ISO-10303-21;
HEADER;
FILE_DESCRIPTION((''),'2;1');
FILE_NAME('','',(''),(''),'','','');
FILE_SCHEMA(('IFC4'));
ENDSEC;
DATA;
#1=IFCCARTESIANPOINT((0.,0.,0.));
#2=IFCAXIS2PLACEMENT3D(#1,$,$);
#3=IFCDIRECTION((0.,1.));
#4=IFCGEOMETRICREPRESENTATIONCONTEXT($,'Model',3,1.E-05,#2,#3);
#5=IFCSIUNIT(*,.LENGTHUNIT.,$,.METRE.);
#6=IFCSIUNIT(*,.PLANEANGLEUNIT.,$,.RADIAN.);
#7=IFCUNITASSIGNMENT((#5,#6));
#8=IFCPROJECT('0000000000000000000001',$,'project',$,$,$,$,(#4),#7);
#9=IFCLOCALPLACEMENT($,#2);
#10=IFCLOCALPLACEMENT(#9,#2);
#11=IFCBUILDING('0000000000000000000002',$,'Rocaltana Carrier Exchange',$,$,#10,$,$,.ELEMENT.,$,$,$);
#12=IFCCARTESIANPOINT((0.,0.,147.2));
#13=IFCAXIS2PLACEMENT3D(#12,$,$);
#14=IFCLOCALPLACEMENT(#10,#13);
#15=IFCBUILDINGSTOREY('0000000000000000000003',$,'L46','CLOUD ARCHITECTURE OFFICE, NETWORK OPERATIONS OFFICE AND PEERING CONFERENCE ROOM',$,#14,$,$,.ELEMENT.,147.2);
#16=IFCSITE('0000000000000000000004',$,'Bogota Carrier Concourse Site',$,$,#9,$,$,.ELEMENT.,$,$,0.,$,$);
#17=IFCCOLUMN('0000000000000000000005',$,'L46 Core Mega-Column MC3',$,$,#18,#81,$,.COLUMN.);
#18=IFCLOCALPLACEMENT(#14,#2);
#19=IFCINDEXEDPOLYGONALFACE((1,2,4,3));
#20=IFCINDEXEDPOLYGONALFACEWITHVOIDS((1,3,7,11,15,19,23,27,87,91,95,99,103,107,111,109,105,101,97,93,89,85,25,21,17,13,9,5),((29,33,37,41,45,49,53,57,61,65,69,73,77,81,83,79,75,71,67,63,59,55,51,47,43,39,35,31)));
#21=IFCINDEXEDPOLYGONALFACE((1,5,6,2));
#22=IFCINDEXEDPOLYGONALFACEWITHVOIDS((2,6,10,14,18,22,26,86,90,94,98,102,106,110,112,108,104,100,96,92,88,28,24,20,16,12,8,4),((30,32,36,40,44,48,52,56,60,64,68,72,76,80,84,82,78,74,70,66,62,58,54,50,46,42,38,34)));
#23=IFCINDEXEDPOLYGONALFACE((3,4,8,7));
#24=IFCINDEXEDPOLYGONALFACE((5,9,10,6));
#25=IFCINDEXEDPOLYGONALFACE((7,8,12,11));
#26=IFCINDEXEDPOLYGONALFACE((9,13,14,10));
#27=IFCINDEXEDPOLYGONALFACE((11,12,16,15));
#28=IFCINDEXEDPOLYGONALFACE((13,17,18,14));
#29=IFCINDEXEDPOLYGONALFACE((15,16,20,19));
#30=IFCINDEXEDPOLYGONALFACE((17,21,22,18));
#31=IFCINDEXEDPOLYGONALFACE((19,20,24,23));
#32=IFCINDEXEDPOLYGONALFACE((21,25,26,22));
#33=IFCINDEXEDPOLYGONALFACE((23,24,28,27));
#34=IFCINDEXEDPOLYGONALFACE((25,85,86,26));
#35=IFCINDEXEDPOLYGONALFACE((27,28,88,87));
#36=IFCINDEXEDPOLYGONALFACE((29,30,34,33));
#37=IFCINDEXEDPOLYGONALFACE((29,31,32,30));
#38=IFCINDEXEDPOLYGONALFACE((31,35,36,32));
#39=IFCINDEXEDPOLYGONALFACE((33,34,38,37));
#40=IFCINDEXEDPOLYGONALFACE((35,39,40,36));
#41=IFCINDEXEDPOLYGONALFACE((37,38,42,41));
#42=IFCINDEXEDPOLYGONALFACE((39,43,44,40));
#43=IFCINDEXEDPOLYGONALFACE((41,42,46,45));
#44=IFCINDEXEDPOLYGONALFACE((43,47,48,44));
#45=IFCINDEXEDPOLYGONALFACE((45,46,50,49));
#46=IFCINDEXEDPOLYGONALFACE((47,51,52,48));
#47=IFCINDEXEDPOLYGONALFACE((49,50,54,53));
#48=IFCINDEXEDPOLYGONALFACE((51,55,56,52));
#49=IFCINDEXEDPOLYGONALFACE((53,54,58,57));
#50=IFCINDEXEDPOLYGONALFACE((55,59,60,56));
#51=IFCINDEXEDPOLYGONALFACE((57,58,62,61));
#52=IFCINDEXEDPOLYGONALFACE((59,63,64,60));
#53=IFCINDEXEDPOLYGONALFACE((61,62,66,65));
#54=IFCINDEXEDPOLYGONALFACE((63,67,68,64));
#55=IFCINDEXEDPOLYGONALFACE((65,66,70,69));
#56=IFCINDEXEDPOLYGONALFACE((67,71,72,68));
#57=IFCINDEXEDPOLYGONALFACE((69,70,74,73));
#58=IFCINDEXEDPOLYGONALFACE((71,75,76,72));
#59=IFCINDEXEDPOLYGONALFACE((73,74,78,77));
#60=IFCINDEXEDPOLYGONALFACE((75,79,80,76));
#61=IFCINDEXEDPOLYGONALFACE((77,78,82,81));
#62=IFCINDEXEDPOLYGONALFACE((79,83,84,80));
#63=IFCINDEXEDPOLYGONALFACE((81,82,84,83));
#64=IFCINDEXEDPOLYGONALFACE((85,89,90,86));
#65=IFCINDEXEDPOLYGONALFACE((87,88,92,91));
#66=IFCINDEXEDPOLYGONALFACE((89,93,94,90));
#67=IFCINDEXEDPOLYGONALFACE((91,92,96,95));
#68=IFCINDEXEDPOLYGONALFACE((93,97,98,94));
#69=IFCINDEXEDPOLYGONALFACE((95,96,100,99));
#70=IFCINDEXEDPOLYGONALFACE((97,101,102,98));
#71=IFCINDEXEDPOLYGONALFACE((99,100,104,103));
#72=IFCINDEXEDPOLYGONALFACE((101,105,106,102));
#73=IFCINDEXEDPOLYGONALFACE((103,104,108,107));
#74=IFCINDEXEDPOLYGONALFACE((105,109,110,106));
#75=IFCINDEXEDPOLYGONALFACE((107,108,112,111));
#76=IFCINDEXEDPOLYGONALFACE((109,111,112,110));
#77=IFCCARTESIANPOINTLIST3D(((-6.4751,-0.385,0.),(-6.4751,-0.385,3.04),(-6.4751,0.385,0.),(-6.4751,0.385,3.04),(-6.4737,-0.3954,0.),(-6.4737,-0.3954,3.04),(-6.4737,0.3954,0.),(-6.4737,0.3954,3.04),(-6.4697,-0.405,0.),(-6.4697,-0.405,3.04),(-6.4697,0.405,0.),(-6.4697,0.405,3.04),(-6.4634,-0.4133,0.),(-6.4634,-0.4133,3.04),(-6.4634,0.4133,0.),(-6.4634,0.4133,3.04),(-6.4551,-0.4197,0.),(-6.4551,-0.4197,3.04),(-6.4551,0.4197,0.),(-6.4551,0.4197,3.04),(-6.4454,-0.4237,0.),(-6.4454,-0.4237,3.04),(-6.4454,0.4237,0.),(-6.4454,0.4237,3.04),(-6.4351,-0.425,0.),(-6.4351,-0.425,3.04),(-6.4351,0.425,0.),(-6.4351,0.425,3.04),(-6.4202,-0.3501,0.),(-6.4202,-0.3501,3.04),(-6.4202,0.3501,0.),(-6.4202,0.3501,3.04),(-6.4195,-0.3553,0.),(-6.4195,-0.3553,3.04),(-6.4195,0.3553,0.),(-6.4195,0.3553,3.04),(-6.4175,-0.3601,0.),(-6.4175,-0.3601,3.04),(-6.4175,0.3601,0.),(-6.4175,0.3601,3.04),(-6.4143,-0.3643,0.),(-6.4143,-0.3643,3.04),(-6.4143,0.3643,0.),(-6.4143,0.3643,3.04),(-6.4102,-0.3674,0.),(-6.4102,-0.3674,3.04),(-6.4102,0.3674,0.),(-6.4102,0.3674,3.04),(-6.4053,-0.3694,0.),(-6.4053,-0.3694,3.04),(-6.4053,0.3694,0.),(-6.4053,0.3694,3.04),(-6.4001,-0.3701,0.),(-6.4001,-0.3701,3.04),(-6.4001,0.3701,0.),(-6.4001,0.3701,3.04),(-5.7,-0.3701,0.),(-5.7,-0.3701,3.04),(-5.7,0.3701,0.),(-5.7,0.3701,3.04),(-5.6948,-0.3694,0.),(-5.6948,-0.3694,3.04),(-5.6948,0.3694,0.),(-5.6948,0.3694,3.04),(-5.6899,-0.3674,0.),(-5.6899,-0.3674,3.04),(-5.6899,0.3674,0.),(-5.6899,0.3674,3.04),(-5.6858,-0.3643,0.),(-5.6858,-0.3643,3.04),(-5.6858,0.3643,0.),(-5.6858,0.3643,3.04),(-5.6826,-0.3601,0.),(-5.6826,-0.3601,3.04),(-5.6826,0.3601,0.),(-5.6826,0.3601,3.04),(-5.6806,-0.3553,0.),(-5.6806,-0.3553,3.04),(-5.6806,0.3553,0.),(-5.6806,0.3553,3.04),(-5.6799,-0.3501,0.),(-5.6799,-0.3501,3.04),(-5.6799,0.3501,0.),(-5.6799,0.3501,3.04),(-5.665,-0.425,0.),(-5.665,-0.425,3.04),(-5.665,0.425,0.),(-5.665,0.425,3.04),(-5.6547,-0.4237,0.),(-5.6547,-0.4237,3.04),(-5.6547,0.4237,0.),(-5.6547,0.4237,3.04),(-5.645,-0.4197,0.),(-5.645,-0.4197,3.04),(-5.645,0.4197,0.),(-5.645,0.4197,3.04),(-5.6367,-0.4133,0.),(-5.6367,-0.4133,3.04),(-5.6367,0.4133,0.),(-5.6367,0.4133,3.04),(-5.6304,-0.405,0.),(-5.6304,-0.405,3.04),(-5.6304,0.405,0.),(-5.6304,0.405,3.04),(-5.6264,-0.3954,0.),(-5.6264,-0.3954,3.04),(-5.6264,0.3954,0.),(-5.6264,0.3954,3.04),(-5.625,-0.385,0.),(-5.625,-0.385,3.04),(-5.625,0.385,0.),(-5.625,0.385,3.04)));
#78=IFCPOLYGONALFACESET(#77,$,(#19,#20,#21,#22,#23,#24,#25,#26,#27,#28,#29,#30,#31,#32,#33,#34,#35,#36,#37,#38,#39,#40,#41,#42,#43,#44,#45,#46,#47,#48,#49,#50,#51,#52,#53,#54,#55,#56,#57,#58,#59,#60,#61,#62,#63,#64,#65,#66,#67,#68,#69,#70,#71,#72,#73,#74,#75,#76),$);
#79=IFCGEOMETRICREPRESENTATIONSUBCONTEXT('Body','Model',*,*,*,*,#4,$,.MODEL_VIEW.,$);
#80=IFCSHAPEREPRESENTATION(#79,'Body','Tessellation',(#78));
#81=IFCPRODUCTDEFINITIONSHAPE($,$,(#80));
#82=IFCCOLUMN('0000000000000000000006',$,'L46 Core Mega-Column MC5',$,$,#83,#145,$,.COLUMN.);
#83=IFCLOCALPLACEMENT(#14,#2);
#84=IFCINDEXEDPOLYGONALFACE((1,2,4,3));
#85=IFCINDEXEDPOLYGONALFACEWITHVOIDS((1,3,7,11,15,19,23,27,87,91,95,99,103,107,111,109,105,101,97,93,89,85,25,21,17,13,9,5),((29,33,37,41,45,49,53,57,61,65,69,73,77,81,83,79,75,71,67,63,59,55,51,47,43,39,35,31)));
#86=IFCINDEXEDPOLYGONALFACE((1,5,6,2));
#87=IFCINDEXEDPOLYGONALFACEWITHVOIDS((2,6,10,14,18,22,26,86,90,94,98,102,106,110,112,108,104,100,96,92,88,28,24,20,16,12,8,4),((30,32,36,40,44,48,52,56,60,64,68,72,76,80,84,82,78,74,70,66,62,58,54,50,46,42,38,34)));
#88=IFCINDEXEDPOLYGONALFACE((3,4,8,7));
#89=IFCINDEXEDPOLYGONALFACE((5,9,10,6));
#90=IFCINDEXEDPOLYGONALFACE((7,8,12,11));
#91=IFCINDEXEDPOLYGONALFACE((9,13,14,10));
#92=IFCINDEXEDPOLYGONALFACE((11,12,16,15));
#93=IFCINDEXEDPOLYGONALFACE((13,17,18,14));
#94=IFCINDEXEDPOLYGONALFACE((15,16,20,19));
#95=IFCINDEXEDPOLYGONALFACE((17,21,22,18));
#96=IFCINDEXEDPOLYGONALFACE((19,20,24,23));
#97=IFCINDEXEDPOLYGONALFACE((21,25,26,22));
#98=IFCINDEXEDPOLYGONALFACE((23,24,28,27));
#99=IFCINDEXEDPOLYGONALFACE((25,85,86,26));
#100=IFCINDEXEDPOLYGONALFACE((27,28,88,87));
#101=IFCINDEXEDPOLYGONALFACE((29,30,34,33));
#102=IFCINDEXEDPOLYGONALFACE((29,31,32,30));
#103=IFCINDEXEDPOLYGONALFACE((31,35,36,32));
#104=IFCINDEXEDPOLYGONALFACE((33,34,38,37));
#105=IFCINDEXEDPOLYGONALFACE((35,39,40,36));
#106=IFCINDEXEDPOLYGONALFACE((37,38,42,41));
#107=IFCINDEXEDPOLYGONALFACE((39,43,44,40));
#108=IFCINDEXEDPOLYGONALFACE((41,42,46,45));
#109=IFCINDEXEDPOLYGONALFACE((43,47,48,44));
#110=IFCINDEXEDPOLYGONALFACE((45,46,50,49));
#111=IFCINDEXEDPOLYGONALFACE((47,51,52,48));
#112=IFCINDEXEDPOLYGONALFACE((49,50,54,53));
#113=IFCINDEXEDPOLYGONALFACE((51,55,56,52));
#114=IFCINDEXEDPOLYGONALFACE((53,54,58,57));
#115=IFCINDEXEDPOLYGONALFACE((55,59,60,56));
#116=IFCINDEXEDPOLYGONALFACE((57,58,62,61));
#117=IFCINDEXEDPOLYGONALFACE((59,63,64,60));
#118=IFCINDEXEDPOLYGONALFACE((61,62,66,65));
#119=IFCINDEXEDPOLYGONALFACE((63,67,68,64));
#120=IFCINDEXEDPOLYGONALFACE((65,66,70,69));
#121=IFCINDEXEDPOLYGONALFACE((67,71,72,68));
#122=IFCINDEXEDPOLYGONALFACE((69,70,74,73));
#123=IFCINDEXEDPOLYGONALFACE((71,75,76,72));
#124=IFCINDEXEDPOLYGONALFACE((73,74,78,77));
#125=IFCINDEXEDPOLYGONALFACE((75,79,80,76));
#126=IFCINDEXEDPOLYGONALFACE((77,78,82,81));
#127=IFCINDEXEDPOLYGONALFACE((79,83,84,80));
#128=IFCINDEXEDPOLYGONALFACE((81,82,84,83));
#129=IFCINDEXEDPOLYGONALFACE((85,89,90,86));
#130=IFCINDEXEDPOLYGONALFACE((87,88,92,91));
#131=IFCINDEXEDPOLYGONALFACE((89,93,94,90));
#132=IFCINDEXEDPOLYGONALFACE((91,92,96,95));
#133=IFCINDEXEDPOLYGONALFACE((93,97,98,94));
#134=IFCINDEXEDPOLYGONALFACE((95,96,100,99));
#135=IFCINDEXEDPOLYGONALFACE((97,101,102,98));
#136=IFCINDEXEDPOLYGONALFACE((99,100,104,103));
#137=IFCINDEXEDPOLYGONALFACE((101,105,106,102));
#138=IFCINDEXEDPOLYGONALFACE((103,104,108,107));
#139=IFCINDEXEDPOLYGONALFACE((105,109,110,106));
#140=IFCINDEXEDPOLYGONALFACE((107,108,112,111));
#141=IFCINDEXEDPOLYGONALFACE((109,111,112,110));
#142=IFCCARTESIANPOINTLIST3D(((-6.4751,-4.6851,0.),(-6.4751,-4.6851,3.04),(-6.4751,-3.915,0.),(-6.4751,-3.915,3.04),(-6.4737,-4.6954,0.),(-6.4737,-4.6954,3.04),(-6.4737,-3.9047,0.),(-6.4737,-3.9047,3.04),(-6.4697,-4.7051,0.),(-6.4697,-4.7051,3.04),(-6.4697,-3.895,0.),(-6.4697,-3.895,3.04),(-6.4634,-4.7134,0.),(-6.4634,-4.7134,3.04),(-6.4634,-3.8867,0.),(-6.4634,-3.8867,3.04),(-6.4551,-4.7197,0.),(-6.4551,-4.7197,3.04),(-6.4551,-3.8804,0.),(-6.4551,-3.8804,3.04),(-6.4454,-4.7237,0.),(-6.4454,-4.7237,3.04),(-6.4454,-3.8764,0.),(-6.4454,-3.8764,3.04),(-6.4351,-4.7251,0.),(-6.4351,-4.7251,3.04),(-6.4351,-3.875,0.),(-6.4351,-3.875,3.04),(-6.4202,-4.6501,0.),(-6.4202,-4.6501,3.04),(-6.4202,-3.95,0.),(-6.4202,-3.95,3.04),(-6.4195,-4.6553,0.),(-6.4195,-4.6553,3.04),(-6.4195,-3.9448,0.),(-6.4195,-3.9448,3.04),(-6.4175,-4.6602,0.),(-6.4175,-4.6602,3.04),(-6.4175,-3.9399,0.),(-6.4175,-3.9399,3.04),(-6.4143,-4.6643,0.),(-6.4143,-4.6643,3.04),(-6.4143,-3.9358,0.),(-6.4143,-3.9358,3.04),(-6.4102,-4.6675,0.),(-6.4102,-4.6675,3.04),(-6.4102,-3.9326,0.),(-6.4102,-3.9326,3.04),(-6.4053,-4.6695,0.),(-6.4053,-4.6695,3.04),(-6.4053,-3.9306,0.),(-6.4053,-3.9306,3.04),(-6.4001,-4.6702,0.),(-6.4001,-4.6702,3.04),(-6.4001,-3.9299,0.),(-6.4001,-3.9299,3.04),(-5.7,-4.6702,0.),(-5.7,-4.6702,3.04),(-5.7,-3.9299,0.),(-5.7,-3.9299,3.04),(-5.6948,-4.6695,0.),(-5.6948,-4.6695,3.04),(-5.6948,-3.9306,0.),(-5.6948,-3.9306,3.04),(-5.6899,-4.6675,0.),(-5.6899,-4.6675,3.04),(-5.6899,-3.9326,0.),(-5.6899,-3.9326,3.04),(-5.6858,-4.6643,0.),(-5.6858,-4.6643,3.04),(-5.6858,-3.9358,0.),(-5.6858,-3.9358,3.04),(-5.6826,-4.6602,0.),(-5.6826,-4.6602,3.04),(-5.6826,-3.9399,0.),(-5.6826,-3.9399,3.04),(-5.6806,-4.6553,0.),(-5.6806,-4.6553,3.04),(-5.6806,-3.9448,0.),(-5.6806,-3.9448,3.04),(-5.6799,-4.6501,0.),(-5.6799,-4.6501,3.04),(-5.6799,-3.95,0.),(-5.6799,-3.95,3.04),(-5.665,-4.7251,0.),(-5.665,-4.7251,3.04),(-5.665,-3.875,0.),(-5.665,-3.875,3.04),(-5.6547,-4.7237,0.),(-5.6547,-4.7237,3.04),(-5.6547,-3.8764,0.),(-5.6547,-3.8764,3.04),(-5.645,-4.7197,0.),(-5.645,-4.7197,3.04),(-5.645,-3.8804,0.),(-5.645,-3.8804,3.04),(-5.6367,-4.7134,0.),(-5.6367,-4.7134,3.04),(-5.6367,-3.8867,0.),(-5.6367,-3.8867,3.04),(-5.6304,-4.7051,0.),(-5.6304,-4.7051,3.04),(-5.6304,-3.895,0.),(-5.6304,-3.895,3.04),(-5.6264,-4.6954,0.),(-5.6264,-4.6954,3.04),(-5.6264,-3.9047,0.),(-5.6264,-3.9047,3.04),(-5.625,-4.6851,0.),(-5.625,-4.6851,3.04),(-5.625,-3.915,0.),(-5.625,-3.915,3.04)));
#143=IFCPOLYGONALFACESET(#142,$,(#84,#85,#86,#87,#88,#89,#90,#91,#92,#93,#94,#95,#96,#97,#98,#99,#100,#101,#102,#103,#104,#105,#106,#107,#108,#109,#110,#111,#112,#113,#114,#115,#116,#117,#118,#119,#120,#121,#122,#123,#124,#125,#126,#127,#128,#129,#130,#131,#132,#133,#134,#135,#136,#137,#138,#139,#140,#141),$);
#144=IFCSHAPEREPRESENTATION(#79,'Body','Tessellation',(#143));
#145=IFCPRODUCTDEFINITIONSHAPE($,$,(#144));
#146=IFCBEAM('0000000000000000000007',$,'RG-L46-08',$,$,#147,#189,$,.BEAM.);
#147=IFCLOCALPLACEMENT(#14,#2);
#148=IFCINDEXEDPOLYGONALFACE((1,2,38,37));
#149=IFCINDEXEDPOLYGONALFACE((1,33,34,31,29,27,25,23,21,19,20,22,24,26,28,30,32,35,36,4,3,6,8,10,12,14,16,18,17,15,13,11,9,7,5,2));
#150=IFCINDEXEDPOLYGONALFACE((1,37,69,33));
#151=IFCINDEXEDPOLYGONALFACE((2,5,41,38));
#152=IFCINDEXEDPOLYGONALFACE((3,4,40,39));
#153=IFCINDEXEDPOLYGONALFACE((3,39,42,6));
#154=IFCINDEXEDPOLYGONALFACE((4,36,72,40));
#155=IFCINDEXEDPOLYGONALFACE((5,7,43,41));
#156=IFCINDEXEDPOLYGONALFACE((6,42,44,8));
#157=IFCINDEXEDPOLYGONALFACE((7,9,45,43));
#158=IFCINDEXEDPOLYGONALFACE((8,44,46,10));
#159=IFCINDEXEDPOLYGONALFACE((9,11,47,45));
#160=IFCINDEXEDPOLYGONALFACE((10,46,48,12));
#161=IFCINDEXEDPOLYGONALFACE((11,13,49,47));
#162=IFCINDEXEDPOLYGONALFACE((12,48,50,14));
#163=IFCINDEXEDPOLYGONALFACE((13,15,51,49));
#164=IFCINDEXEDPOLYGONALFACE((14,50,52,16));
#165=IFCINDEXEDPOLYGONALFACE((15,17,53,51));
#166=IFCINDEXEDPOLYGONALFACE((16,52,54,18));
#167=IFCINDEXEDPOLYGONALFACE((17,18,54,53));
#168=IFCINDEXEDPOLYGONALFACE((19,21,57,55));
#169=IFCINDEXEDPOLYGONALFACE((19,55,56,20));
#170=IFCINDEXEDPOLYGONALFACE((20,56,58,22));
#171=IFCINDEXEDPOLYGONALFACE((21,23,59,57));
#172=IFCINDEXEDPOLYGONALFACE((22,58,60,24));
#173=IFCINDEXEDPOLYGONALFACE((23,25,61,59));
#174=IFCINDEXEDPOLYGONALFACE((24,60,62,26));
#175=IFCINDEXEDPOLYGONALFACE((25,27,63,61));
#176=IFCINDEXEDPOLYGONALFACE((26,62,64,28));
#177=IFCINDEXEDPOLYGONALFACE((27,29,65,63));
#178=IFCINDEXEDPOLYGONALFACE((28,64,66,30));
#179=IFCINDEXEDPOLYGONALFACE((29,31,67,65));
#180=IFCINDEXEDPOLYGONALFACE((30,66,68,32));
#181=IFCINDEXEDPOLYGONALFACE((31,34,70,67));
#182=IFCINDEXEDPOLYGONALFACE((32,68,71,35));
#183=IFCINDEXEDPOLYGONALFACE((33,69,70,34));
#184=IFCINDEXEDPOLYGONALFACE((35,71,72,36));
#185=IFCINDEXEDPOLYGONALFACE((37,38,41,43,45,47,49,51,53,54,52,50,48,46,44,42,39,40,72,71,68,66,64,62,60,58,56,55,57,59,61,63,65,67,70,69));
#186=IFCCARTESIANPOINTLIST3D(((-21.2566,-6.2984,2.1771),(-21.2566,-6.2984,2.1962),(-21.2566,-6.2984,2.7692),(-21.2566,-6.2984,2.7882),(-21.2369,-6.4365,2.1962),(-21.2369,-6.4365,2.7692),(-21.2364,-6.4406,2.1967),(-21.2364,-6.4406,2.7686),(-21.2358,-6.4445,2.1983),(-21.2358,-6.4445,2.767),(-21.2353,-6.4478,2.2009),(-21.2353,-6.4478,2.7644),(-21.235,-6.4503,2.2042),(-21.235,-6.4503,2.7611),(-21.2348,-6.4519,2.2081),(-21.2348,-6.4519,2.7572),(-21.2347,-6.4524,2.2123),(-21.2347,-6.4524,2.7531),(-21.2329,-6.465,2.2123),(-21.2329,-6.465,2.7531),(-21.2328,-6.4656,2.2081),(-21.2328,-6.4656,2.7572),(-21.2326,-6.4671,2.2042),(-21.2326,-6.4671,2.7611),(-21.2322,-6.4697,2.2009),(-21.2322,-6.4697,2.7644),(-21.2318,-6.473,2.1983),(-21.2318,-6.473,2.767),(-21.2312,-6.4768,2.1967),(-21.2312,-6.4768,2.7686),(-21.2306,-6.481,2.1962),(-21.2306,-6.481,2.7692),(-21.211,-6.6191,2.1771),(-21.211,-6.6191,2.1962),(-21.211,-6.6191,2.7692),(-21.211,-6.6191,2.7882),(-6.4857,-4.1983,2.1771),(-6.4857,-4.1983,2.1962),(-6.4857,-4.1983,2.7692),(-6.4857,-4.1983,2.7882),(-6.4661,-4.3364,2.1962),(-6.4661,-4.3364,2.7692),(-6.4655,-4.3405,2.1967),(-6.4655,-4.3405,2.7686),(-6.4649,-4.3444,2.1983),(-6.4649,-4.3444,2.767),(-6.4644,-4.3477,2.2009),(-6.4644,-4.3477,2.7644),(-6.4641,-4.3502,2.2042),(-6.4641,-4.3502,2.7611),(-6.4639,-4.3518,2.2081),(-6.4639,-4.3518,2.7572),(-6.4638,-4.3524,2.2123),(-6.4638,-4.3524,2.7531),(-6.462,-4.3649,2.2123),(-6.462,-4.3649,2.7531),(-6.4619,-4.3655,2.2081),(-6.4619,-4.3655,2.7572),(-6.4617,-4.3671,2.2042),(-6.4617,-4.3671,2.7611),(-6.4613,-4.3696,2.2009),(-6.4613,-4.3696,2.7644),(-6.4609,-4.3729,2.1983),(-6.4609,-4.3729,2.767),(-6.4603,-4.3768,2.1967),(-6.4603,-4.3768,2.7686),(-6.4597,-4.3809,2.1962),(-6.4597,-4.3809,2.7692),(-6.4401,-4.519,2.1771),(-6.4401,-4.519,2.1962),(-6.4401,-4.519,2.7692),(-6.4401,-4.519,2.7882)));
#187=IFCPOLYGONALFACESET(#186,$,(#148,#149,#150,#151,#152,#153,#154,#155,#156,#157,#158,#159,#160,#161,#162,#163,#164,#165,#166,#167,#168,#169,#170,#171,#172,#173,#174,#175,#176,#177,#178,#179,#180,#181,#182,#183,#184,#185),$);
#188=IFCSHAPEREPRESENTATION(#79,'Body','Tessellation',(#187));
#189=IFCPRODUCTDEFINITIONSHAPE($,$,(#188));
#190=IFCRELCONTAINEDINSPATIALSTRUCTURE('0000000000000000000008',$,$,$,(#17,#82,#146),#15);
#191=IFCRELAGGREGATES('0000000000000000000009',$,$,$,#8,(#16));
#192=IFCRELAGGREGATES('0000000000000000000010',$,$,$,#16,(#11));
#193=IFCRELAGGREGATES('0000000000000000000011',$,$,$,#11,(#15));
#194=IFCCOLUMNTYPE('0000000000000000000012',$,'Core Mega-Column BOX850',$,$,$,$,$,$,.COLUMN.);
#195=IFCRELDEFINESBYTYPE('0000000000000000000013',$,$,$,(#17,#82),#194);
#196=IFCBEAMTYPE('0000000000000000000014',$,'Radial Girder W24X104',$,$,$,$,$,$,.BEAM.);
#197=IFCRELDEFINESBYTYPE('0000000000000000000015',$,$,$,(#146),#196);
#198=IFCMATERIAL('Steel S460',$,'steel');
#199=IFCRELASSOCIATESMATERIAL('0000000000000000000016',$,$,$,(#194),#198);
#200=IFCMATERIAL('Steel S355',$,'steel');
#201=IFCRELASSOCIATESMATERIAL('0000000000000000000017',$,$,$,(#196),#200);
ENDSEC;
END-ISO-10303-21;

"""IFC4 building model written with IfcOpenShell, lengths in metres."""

from ifc_helpers import new_model, si_unit, direction, frame, origin, origin_2d, place, context, subcontext, project, spatial, hollow_rectangle, i_section, extrude, material, material_profile, profile_set, type_object, element, save


model = new_model("IFC4")

# Units and contexts
model_context = context("Model", 3, precision=1e-05, world=origin(), true_north=direction((0.0, 1.0)))
body_context = subcontext(model_context, "Body", "Model", "MODEL_VIEW")
ifc_project = project(units=[si_unit("LENGTHUNIT", "METRE"), si_unit("PLANEANGLEUNIT", "RADIAN")], contexts=[model_context])

# Site, building, storey
site_placement = place(None, origin())
site = spatial("IfcSite", under=ifc_project, at=site_placement, Name="Bogota Carrier Concourse Site", CompositionType="ELEMENT", RefElevation=0.0)
building_placement = place(site_placement, origin())
building = spatial("IfcBuilding", under=site, at=building_placement, Name="Rocaltana Carrier Exchange", CompositionType="ELEMENT")
storey_placement = place(building_placement, frame((0.0, 0.0, 147.2)))
storey = spatial("IfcBuildingStorey", under=building, at=storey_placement, Name="L46", Description="CLOUD ARCHITECTURE OFFICE, NETWORK OPERATIONS OFFICE AND PEERING CONFERENCE ROOM", CompositionType="ELEMENT", Elevation=147.2)

# Columns
ifc_material_1 = material(Name="Steel S460", Category="steel")
ifc_material_profile_1 = material_profile(ifc_material_1, hollow_rectangle(XDim=0.8501, YDim=0.8501, WallThickness=0.0549, InnerFilletRadius=0.02, OuterFilletRadius=0.04, at=origin_2d()), Name="BOX850X850X55")
ifc_profile_set_1 = profile_set([ifc_material_profile_1], Name="Steel S460")
column_type = type_object("IfcColumnType", Name="Core Mega-Column BOX850", PredefinedType="COLUMN", material=ifc_profile_set_1)
for number, where, z_axis, x_axis, name in (
    (1, (-6.05, 0.0, 0.0), (0.0, 0.0, 1.0), (1.0, 0.0, 0.0), "L46 Core Mega-Column MC3"),
    (2, (-6.05, -4.3, 0.0), (0.0, 0.0, 1.0), (1.0, 0.0, 0.0), "L46 Core Mega-Column MC5"),
):
    element("IfcColumn", number, at=place(storey_placement, frame(where, z_axis=z_axis, x_axis=x_axis)), inside=storey, type_object=column_type, Name=name, PredefinedType="COLUMN", context=body_context, shape_type="SweptSolid", body=[
        extrude(hollow_rectangle(XDim=0.8501, YDim=0.8501, WallThickness=0.0549, InnerFilletRadius=0.02, OuterFilletRadius=0.04, at=origin_2d()), origin(), (0.0, 0.0, 1.0), 3.04),
    ])

# Beam
ifc_material_2 = material(Name="Steel S355", Category="steel")
ifc_material_profile_2 = material_profile(ifc_material_2, i_section(OverallWidth=0.324, OverallDepth=0.6111, WebThickness=0.0127, FlangeThickness=0.019, FilletRadius=0.0161, at=origin_2d()), Name="W24X104")
ifc_profile_set_2 = profile_set([ifc_material_profile_2], Name="Steel S355")
beam_type = type_object("IfcBeamType", Name="Radial Girder W24X104", PredefinedType="BEAM", material=ifc_profile_set_2)
beam_1_placement = place(storey_placement, frame((-6.4629, -4.3586, 2.4827), z_axis=(-0.990044, -0.140762, 0.0), x_axis=(0.140762, -0.990044, 0.0)))
element("IfcBeam", 3, at=beam_1_placement, inside=storey, type_object=beam_type, Name="RG-L46-08", PredefinedType="BEAM", context=body_context, shape_type="SweptSolid", body=[
    extrude(i_section(OverallWidth=0.324, OverallDepth=0.6111, WebThickness=0.0127, FlangeThickness=0.019, FilletRadius=0.0161, at=origin_2d()), origin(), (0.0, 0.0, 1.0), 14.9194),
])

save(model, "model.ifc")
